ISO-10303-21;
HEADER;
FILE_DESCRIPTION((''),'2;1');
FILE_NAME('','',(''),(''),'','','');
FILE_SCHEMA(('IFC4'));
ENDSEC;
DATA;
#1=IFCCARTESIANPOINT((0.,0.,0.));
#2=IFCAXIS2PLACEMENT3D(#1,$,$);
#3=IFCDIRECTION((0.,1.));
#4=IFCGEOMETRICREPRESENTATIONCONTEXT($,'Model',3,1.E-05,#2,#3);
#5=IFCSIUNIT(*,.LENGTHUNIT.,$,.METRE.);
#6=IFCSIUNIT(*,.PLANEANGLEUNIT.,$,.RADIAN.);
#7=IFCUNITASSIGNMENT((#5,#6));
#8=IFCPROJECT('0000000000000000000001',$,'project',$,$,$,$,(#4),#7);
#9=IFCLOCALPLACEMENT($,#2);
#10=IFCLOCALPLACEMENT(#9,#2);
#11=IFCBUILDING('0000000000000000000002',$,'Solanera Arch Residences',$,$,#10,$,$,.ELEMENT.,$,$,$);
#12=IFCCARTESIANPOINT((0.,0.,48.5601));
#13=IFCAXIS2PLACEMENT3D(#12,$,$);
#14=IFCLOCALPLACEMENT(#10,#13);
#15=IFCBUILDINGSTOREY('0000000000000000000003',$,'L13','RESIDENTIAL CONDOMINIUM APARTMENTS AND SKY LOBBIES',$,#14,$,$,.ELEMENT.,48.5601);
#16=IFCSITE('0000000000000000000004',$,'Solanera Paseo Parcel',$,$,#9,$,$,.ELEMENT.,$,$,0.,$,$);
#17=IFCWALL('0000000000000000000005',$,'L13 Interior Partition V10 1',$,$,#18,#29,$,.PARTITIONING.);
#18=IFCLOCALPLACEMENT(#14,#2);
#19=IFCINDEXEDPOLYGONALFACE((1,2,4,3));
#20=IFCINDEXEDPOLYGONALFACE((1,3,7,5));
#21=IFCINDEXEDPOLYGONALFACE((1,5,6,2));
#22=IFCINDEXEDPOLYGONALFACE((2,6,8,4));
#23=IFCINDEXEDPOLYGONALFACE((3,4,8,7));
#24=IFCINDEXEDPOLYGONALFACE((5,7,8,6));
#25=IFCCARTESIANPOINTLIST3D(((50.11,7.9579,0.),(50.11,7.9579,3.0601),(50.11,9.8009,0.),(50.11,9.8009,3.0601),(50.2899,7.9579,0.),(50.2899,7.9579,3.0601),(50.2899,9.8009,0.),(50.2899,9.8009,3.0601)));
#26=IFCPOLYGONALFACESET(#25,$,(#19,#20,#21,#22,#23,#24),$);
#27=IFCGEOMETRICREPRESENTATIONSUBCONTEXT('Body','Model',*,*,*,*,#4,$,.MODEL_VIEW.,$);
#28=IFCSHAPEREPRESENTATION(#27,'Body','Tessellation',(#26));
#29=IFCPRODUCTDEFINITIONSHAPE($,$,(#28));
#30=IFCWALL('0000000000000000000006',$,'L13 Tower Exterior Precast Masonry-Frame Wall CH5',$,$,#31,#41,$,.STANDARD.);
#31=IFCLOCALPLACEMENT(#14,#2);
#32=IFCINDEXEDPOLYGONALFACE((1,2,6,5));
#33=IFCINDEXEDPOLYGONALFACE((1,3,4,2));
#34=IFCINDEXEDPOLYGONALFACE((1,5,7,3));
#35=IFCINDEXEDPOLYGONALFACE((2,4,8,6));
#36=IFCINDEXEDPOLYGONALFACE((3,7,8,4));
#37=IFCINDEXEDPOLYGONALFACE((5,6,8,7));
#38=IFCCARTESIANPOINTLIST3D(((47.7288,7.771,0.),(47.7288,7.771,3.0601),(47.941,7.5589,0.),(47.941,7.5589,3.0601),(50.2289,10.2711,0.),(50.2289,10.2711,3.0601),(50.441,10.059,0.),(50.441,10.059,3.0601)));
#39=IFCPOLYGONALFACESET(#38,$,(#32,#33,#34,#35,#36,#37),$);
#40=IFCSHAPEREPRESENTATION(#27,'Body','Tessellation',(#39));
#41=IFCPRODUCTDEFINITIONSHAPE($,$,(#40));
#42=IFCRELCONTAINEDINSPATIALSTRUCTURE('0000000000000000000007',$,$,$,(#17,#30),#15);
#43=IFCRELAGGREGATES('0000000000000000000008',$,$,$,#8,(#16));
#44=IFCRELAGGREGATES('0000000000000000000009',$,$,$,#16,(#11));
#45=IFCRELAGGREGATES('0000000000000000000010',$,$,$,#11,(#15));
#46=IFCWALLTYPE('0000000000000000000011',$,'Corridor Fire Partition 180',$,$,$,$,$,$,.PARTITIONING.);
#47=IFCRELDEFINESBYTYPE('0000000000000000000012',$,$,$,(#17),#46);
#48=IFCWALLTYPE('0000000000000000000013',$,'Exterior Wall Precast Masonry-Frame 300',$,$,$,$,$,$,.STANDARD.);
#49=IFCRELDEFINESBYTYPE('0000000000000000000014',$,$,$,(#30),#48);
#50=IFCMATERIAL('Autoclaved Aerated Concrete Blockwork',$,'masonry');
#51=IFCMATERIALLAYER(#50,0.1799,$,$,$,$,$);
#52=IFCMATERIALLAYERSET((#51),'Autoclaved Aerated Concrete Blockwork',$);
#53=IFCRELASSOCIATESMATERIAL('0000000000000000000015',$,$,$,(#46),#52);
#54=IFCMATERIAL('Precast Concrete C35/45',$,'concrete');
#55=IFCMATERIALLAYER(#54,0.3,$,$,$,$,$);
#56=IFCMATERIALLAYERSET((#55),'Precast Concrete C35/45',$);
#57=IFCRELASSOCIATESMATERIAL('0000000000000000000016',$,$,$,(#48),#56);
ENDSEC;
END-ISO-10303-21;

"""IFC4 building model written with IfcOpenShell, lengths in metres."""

from ifc_helpers import new_model, si_unit, direction, frame, frame_2d, origin, place, context, subcontext, project, spatial, rectangle, extrude, material, layer, layer_set, type_object, element, save


model = new_model("IFC4")

# Units and contexts
model_context = context("Model", 3, precision=1e-05, world=origin(), true_north=direction((0.0, 1.0)))
body_context = subcontext(model_context, "Body", "Model", "MODEL_VIEW")
ifc_project = project(units=[si_unit("LENGTHUNIT", "METRE"), si_unit("PLANEANGLEUNIT", "RADIAN")], contexts=[model_context])

# Site, building, storey
site_placement = place(None, origin())
site = spatial("IfcSite", under=ifc_project, at=site_placement, Name="Solanera Paseo Parcel", CompositionType="ELEMENT", RefElevation=0.0)
building_placement = place(site_placement, origin())
building = spatial("IfcBuilding", under=site, at=building_placement, Name="Solanera Arch Residences", CompositionType="ELEMENT")
storey_placement = place(building_placement, frame((0.0, 0.0, 48.5601)))
storey = spatial("IfcBuildingStorey", under=building, at=storey_placement, Name="L13", Description="RESIDENTIAL CONDOMINIUM APARTMENTS AND SKY LOBBIES", CompositionType="ELEMENT", Elevation=48.5601)

# Walls
ifc_material_1 = material(Name="Autoclaved Aerated Concrete Blockwork", Category="masonry")
ifc_layer_1 = layer(ifc_material_1, 0.1799)
ifc_layer_set_1 = layer_set([ifc_layer_1], Name="Autoclaved Aerated Concrete Blockwork")
wall_type_1 = type_object("IfcWallType", Name="Corridor Fire Partition 180", PredefinedType="PARTITIONING", material=ifc_layer_set_1)
wall_1_placement = place(storey_placement, frame((50.2, 7.958, 0.0), z_axis=(0.0, 0.0, 1.0), x_axis=(0.0, 1.0, 0.0)))
element("IfcWall", 1, at=wall_1_placement, inside=storey, type_object=wall_type_1, Name="L13 Interior Partition V10 1", PredefinedType="PARTITIONING", context=body_context, shape_type="SweptSolid", body=[
    extrude(rectangle(XDim=1.843, YDim=0.1799, at=frame_2d((0.9214, 0.0))), origin(), (0.0, 0.0, 1.0), 3.0601),
])
ifc_material_2 = material(Name="Precast Concrete C35/45", Category="concrete")
ifc_layer_2 = layer(ifc_material_2, 0.3)
ifc_layer_set_2 = layer_set([ifc_layer_2], Name="Precast Concrete C35/45")
wall_type_2 = type_object("IfcWallType", Name="Exterior Wall Precast Masonry-Frame 300", PredefinedType="STANDARD", material=ifc_layer_set_2)
wall_2_placement = place(storey_placement, frame((50.335, 10.165, 0.0), z_axis=(0.0, 0.0, 1.0), x_axis=(-0.707107, -0.707107, 0.0)))
element("IfcWall", 2, at=wall_2_placement, inside=storey, type_object=wall_type_2, Name="L13 Tower Exterior Precast Masonry-Frame Wall CH5", PredefinedType="STANDARD", context=body_context, shape_type="SweptSolid", body=[
    extrude(rectangle(XDim=3.5356, YDim=0.3, at=frame_2d((1.7678, 0.0))), origin(), (0.0, 0.0, 1.0), 3.0601),
])

save(model, "model.ifc")
